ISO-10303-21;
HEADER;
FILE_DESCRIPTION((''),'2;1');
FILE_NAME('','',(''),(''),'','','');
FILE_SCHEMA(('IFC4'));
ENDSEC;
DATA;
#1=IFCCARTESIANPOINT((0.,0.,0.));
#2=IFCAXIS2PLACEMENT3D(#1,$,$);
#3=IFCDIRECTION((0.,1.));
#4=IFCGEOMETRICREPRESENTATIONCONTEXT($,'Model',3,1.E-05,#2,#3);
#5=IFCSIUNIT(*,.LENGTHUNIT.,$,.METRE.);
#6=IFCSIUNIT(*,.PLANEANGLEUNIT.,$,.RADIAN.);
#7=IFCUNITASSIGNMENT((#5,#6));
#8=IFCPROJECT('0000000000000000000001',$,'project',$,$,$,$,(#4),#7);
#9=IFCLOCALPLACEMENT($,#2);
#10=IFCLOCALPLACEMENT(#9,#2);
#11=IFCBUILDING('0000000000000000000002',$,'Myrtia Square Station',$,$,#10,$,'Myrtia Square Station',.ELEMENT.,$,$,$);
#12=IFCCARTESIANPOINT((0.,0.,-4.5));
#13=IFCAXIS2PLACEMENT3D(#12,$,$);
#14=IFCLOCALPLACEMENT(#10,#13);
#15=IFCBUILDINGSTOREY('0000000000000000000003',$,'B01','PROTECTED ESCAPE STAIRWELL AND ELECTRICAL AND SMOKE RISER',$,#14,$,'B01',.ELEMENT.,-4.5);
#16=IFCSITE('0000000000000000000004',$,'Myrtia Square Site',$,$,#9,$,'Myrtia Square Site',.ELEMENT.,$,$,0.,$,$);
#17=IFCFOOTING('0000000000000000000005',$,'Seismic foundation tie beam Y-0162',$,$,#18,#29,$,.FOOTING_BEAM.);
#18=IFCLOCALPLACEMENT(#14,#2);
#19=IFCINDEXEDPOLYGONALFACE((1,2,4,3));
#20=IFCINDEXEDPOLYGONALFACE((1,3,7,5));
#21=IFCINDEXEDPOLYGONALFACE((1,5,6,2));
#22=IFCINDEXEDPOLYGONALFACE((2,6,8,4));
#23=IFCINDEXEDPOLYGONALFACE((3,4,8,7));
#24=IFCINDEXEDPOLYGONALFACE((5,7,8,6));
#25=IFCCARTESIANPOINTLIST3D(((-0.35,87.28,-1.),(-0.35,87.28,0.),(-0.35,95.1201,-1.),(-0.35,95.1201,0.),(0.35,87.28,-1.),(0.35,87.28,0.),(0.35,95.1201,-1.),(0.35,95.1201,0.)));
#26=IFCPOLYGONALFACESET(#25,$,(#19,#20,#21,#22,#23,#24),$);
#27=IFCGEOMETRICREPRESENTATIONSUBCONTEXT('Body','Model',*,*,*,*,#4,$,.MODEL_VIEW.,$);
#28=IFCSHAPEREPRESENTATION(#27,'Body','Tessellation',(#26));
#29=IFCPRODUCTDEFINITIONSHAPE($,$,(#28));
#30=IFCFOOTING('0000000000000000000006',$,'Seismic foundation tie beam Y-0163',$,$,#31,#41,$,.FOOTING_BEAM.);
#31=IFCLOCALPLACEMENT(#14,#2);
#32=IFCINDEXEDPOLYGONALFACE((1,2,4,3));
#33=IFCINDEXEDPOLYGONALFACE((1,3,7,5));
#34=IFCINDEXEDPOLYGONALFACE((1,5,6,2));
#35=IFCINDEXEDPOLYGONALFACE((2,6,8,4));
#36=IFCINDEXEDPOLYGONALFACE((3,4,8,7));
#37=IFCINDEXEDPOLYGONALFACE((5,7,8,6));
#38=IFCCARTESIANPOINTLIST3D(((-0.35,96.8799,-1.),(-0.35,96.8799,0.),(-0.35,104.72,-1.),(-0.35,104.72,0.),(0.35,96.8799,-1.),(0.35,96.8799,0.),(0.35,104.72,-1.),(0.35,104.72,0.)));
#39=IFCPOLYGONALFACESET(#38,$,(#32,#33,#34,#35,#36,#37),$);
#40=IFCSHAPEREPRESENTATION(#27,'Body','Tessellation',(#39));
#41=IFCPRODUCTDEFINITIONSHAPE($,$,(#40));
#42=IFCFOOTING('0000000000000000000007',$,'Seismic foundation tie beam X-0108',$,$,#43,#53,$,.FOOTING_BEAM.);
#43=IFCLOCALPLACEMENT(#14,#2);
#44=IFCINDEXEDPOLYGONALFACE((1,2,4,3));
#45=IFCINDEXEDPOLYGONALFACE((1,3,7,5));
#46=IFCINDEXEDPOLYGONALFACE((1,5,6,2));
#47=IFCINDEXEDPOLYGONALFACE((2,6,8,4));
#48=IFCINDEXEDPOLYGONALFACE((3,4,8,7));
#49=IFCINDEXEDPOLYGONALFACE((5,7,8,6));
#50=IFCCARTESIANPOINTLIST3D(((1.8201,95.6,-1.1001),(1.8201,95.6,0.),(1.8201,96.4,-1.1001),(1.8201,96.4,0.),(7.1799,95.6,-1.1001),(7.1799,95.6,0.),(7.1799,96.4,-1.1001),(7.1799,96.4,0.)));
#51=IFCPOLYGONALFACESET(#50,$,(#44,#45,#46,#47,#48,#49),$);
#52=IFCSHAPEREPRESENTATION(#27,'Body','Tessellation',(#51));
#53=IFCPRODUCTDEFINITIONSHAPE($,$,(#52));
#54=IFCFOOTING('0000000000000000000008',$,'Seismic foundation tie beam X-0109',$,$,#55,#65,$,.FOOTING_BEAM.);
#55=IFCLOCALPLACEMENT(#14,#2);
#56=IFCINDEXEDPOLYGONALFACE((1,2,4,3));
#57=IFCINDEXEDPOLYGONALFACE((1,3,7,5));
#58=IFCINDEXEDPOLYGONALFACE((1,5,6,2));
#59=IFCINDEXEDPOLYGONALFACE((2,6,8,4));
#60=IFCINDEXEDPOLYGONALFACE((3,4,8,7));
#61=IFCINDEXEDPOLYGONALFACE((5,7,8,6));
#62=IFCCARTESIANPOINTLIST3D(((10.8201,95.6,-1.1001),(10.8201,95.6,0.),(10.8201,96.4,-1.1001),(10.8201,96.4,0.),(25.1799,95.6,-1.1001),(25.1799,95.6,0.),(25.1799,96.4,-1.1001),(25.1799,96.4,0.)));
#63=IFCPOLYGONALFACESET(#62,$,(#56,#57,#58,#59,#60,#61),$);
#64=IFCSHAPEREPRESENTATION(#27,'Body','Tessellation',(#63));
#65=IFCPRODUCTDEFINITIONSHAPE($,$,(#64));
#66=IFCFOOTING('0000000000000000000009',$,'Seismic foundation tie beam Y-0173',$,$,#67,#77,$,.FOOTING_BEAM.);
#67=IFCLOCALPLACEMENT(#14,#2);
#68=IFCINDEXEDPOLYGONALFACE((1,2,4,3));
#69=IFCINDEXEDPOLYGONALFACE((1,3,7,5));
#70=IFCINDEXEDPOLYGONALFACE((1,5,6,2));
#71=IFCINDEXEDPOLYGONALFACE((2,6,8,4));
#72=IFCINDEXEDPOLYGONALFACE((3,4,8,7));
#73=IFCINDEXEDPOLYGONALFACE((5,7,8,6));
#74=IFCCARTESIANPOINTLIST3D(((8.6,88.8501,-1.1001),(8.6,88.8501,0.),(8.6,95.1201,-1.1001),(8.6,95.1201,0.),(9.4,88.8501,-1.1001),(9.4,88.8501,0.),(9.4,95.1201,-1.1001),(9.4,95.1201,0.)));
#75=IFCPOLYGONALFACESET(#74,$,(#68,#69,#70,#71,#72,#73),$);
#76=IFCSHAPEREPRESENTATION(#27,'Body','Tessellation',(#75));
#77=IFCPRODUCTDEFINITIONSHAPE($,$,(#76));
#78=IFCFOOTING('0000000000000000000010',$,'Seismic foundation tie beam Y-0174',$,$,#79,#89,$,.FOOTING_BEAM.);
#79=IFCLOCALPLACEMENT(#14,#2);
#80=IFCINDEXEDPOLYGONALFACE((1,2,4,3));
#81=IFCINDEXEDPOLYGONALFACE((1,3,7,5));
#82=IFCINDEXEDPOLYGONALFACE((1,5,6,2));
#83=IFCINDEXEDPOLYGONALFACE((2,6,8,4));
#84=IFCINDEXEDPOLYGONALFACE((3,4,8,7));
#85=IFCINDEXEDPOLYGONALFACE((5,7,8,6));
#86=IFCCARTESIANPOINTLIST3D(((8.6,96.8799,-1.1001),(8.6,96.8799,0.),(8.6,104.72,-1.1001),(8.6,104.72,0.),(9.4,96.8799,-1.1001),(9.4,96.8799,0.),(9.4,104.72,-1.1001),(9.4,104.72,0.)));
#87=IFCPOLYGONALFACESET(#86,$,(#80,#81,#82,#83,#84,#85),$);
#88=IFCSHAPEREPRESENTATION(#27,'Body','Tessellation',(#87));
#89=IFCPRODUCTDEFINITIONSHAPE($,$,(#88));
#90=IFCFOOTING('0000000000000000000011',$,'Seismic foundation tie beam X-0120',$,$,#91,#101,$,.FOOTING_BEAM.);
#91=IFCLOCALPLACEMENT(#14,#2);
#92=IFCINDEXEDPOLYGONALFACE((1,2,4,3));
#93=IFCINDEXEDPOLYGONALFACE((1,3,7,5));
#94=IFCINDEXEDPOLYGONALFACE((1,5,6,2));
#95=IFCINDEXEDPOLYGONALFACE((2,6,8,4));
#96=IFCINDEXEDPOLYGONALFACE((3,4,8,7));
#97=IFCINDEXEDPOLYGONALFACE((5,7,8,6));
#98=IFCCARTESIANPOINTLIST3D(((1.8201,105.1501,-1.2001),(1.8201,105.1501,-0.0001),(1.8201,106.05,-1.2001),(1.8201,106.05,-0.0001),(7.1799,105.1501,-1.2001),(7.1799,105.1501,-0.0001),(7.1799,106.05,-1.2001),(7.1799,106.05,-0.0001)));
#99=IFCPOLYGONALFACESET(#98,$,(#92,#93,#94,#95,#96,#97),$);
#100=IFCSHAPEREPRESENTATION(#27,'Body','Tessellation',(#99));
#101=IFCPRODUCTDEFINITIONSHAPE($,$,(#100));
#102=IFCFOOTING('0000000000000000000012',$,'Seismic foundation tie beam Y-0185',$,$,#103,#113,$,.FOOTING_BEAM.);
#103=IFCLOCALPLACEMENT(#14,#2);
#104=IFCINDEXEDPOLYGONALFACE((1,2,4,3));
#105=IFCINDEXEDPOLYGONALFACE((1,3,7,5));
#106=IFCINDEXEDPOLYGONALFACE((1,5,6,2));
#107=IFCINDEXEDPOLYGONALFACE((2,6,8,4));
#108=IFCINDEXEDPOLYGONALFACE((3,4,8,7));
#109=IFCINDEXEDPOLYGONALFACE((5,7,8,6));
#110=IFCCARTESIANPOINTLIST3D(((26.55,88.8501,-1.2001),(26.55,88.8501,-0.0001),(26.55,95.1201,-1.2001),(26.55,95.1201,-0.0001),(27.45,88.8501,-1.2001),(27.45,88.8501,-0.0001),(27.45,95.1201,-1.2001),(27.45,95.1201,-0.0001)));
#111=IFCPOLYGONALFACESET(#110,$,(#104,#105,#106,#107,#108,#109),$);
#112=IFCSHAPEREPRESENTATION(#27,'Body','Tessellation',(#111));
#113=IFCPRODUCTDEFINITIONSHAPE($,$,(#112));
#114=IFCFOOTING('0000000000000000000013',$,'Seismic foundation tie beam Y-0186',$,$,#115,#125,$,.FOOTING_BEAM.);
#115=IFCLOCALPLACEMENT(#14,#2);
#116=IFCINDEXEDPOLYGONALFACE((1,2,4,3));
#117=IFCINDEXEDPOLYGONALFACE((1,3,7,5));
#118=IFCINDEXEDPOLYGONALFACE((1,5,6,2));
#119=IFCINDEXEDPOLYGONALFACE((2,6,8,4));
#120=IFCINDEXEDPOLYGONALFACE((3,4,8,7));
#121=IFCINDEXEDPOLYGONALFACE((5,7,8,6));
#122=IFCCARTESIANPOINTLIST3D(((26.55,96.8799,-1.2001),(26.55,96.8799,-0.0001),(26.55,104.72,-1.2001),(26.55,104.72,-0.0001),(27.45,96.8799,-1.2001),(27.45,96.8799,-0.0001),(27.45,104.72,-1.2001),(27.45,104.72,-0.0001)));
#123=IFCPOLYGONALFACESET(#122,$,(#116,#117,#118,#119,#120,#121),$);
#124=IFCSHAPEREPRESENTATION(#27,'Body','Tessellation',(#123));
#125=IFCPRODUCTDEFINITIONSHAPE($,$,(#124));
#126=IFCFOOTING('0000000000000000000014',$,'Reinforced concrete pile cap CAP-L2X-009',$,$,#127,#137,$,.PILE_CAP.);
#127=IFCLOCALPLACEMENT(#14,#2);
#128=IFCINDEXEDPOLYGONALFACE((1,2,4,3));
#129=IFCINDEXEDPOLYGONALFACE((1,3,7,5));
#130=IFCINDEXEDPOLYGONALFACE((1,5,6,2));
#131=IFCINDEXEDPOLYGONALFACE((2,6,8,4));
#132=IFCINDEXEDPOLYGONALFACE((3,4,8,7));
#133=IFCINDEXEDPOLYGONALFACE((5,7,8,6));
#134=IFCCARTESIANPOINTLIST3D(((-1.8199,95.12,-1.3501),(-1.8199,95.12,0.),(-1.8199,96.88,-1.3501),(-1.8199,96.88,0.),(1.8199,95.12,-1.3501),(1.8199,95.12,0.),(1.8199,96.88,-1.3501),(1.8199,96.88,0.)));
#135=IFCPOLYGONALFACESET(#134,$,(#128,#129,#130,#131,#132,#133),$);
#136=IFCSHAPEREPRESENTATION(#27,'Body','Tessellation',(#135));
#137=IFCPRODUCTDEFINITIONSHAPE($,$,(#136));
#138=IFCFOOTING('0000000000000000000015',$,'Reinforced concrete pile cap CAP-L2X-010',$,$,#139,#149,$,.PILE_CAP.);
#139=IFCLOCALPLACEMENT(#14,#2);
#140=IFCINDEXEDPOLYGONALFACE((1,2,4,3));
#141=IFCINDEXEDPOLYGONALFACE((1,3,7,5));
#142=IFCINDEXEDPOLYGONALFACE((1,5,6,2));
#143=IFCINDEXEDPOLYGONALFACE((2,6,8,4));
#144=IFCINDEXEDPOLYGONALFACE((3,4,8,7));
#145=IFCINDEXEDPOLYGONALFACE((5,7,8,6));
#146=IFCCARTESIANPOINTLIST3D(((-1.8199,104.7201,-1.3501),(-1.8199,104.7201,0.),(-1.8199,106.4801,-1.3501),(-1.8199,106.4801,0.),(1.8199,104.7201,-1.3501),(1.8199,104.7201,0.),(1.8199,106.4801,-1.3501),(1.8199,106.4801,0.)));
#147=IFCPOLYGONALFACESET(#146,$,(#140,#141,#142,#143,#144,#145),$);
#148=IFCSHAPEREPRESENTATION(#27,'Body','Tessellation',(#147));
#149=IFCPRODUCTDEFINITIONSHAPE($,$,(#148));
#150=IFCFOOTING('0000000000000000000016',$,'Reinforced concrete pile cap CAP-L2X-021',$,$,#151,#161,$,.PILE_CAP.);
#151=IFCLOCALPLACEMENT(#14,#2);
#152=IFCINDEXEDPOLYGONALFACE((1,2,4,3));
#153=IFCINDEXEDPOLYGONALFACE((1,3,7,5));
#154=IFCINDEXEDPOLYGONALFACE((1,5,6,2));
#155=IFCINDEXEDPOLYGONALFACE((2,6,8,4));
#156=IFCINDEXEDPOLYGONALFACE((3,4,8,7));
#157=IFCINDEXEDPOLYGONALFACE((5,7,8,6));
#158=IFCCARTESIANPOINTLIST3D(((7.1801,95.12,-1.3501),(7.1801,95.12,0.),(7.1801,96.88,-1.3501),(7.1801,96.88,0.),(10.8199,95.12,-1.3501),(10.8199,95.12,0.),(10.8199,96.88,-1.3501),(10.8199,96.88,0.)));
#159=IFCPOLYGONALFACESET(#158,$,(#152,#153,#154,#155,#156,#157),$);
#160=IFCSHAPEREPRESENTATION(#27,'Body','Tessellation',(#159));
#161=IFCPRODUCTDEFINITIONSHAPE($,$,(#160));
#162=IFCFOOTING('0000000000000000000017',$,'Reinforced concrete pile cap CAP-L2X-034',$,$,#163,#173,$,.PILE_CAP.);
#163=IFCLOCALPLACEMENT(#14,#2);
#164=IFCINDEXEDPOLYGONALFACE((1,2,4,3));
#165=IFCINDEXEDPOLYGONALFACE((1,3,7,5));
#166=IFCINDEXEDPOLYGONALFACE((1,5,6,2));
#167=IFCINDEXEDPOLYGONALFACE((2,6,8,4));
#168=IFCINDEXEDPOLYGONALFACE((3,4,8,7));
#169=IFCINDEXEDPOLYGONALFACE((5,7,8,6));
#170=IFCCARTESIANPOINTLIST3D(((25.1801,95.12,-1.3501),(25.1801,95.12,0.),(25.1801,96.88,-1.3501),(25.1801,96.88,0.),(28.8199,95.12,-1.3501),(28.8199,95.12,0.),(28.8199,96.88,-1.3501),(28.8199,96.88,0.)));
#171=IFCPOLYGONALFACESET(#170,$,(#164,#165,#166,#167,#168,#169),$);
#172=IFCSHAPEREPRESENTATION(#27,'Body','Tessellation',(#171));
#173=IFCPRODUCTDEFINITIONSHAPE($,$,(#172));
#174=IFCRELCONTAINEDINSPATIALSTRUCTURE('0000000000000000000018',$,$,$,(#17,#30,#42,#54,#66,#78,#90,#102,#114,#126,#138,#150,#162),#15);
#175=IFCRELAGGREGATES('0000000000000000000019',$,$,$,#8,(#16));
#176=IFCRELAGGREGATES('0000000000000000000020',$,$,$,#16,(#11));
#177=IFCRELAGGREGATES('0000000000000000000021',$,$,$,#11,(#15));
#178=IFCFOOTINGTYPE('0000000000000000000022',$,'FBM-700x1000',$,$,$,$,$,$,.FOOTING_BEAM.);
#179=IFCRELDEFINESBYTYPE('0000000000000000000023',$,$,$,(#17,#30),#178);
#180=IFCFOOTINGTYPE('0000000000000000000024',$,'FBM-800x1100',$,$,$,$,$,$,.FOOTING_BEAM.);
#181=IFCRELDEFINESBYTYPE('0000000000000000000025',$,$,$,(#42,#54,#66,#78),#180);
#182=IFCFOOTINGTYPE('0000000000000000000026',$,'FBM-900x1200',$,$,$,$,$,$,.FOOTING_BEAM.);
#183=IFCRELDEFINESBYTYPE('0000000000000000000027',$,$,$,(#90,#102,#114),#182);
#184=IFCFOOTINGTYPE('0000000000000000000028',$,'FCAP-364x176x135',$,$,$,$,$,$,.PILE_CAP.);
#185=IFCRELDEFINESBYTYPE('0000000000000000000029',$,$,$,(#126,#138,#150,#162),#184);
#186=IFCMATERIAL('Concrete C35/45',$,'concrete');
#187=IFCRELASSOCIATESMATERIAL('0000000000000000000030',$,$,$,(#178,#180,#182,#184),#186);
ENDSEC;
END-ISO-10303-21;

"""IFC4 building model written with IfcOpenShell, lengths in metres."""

from ifc_helpers import new_model, si_unit, direction, frame, origin, origin_2d, place, context, subcontext, project, spatial, rectangle, extrude, material, material_profile, profile_set, type_object, element, save


model = new_model("IFC4")

# Units and contexts
model_context = context("Model", 3, precision=1e-05, world=origin(), true_north=direction((0.0, 1.0)))
body_context = subcontext(model_context, "Body", "Model", "MODEL_VIEW")
ifc_project = project(units=[si_unit("LENGTHUNIT", "METRE"), si_unit("PLANEANGLEUNIT", "RADIAN")], contexts=[model_context])

# Site, building, storey
site_placement = place(None, origin())
site = spatial("IfcSite", under=ifc_project, at=site_placement, Name="Myrtia Square Site", LongName="Myrtia Square Site", CompositionType="ELEMENT", RefElevation=0.0)
building_placement = place(site_placement, origin())
building = spatial("IfcBuilding", under=site, at=building_placement, Name="Myrtia Square Station", LongName="Myrtia Square Station", CompositionType="ELEMENT")
storey_placement = place(building_placement, frame((0.0, 0.0, -4.5)))
storey = spatial("IfcBuildingStorey", under=building, at=storey_placement, Name="B01", Description="PROTECTED ESCAPE STAIRWELL AND ELECTRICAL AND SMOKE RISER", LongName="B01", CompositionType="ELEMENT", Elevation=-4.5)

# Footings
ifc_material_1 = material(Name="Concrete C35/45", Category="concrete")
ifc_material_profile_1 = material_profile(ifc_material_1, rectangle(XDim=0.7, YDim=1.0, at=origin_2d()), Name="FB 700x1000")
ifc_profile_set_1 = profile_set([ifc_material_profile_1], Name="Concrete C35/45")
footing_type_1 = type_object("IfcFootingType", Name="FBM-700x1000", PredefinedType="FOOTING_BEAM", material=ifc_profile_set_1)
for number, where, z_axis, x_axis, name in (
    (1, (0.0, 87.28, -0.5), (0.0, 1.0, 0.0), (-1.0, 0.0, 0.0), "Seismic foundation tie beam Y-0162"),
    (2, (0.0, 96.8799, -0.5), (0.0, 1.0, 0.0), (-1.0, 0.0, 0.0), "Seismic foundation tie beam Y-0163"),
):
    element("IfcFooting", number, at=place(storey_placement, frame(where, z_axis=z_axis, x_axis=x_axis)), inside=storey, type_object=footing_type_1, Name=name, PredefinedType="FOOTING_BEAM", context=body_context, shape_type="SweptSolid", body=[
        extrude(rectangle(XDim=0.7, YDim=1.0, at=origin_2d()), origin(), (0.0, 0.0, 1.0), 7.8401),
    ])
ifc_material_profile_2 = material_profile(ifc_material_1, rectangle(XDim=0.8, YDim=1.1001, at=origin_2d()), Name="FB 800x1100")
ifc_profile_set_2 = profile_set([ifc_material_profile_2], Name="Concrete C35/45")
footing_type_2 = type_object("IfcFootingType", Name="FBM-800x1100", PredefinedType="FOOTING_BEAM", material=ifc_profile_set_2)
footing_1_placement = place(storey_placement, frame((1.8201, 96.0, -0.55), z_axis=(1.0, 0.0, 0.0), x_axis=(0.0, 1.0, 0.0)))
element("IfcFooting", 3, at=footing_1_placement, inside=storey, type_object=footing_type_2, Name="Seismic foundation tie beam X-0108", PredefinedType="FOOTING_BEAM", context=body_context, shape_type="SweptSolid", body=[
    extrude(rectangle(XDim=0.8, YDim=1.1001, at=origin_2d()), origin(), (0.0, 0.0, 1.0), 5.3599),
])
footing_2_placement = place(storey_placement, frame((10.8201, 96.0, -0.55), z_axis=(1.0, 0.0, 0.0), x_axis=(0.0, 1.0, 0.0)))
element("IfcFooting", 4, at=footing_2_placement, inside=storey, type_object=footing_type_2, Name="Seismic foundation tie beam X-0109", PredefinedType="FOOTING_BEAM", context=body_context, shape_type="SweptSolid", body=[
    extrude(rectangle(XDim=0.8, YDim=1.1001, at=origin_2d()), origin(), (0.0, 0.0, 1.0), 14.3599),
])
footing_3_placement = place(storey_placement, frame((9.0, 88.8501, -0.55), z_axis=(0.0, 1.0, 0.0), x_axis=(-1.0, 0.0, 0.0)))
element("IfcFooting", 5, at=footing_3_placement, inside=storey, type_object=footing_type_2, Name="Seismic foundation tie beam Y-0173", PredefinedType="FOOTING_BEAM", context=body_context, shape_type="SweptSolid", body=[
    extrude(rectangle(XDim=0.8, YDim=1.1001, at=origin_2d()), origin(), (0.0, 0.0, 1.0), 6.27),
])
footing_4_placement = place(storey_placement, frame((9.0, 96.8799, -0.55), z_axis=(0.0, 1.0, 0.0), x_axis=(-1.0, 0.0, 0.0)))
element("IfcFooting", 6, at=footing_4_placement, inside=storey, type_object=footing_type_2, Name="Seismic foundation tie beam Y-0174", PredefinedType="FOOTING_BEAM", context=body_context, shape_type="SweptSolid", body=[
    extrude(rectangle(XDim=0.8, YDim=1.1001, at=origin_2d()), origin(), (0.0, 0.0, 1.0), 7.8401),
])
ifc_material_profile_3 = material_profile(ifc_material_1, rectangle(XDim=0.8999, YDim=1.2, at=origin_2d()), Name="FB 900x1200")
ifc_profile_set_3 = profile_set([ifc_material_profile_3], Name="Concrete C35/45")
footing_type_3 = type_object("IfcFootingType", Name="FBM-900x1200", PredefinedType="FOOTING_BEAM", material=ifc_profile_set_3)
footing_5_placement = place(storey_placement, frame((1.8201, 105.6001, -0.6001), z_axis=(1.0, 0.0, 0.0), x_axis=(0.0, 1.0, 0.0)))
element("IfcFooting", 7, at=footing_5_placement, inside=storey, type_object=footing_type_3, Name="Seismic foundation tie beam X-0120", PredefinedType="FOOTING_BEAM", context=body_context, shape_type="SweptSolid", body=[
    extrude(rectangle(XDim=0.8999, YDim=1.2, at=origin_2d()), origin(), (0.0, 0.0, 1.0), 5.3599),
])
footing_6_placement = place(storey_placement, frame((27.0, 88.8501, -0.6001), z_axis=(0.0, 1.0, 0.0), x_axis=(-1.0, 0.0, 0.0)))
element("IfcFooting", 8, at=footing_6_placement, inside=storey, type_object=footing_type_3, Name="Seismic foundation tie beam Y-0185", PredefinedType="FOOTING_BEAM", context=body_context, shape_type="SweptSolid", body=[
    extrude(rectangle(XDim=0.8999, YDim=1.2, at=origin_2d()), origin(), (0.0, 0.0, 1.0), 6.27),
])
footing_7_placement = place(storey_placement, frame((27.0, 96.8799, -0.6001), z_axis=(0.0, 1.0, 0.0), x_axis=(-1.0, 0.0, 0.0)))
element("IfcFooting", 9, at=footing_7_placement, inside=storey, type_object=footing_type_3, Name="Seismic foundation tie beam Y-0186", PredefinedType="FOOTING_BEAM", context=body_context, shape_type="SweptSolid", body=[
    extrude(rectangle(XDim=0.8999, YDim=1.2, at=origin_2d()), origin(), (0.0, 0.0, 1.0), 7.8401),
])
footing_type_4 = type_object("IfcFootingType", Name="FCAP-364x176x135", PredefinedType="PILE_CAP", material=ifc_material_1)
for number, where, z_axis, x_axis, name in (
    (10, (0.0, 96.0, -1.3501), (0.0, 0.0, 1.0), (1.0, 0.0, 0.0), "Reinforced concrete pile cap CAP-L2X-009"),
    (11, (0.0, 105.6001, -1.3501), (0.0, 0.0, 1.0), (1.0, 0.0, 0.0), "Reinforced concrete pile cap CAP-L2X-010"),
    (12, (9.0, 96.0, -1.3501), (0.0, 0.0, 1.0), (1.0, 0.0, 0.0), "Reinforced concrete pile cap CAP-L2X-021"),
    (13, (27.0, 96.0, -1.3501), (0.0, 0.0, 1.0), (1.0, 0.0, 0.0), "Reinforced concrete pile cap CAP-L2X-034"),
):
    element("IfcFooting", number, at=place(storey_placement, frame(where, z_axis=z_axis, x_axis=x_axis)), inside=storey, type_object=footing_type_4, Name=name, PredefinedType="PILE_CAP", context=body_context, shape_type="SweptSolid", body=[
        extrude(rectangle(XDim=3.6399, YDim=1.76, at=origin_2d()), origin(), (0.0, 0.0, 1.0), 1.3501),
    ])

save(model, "model.ifc")
